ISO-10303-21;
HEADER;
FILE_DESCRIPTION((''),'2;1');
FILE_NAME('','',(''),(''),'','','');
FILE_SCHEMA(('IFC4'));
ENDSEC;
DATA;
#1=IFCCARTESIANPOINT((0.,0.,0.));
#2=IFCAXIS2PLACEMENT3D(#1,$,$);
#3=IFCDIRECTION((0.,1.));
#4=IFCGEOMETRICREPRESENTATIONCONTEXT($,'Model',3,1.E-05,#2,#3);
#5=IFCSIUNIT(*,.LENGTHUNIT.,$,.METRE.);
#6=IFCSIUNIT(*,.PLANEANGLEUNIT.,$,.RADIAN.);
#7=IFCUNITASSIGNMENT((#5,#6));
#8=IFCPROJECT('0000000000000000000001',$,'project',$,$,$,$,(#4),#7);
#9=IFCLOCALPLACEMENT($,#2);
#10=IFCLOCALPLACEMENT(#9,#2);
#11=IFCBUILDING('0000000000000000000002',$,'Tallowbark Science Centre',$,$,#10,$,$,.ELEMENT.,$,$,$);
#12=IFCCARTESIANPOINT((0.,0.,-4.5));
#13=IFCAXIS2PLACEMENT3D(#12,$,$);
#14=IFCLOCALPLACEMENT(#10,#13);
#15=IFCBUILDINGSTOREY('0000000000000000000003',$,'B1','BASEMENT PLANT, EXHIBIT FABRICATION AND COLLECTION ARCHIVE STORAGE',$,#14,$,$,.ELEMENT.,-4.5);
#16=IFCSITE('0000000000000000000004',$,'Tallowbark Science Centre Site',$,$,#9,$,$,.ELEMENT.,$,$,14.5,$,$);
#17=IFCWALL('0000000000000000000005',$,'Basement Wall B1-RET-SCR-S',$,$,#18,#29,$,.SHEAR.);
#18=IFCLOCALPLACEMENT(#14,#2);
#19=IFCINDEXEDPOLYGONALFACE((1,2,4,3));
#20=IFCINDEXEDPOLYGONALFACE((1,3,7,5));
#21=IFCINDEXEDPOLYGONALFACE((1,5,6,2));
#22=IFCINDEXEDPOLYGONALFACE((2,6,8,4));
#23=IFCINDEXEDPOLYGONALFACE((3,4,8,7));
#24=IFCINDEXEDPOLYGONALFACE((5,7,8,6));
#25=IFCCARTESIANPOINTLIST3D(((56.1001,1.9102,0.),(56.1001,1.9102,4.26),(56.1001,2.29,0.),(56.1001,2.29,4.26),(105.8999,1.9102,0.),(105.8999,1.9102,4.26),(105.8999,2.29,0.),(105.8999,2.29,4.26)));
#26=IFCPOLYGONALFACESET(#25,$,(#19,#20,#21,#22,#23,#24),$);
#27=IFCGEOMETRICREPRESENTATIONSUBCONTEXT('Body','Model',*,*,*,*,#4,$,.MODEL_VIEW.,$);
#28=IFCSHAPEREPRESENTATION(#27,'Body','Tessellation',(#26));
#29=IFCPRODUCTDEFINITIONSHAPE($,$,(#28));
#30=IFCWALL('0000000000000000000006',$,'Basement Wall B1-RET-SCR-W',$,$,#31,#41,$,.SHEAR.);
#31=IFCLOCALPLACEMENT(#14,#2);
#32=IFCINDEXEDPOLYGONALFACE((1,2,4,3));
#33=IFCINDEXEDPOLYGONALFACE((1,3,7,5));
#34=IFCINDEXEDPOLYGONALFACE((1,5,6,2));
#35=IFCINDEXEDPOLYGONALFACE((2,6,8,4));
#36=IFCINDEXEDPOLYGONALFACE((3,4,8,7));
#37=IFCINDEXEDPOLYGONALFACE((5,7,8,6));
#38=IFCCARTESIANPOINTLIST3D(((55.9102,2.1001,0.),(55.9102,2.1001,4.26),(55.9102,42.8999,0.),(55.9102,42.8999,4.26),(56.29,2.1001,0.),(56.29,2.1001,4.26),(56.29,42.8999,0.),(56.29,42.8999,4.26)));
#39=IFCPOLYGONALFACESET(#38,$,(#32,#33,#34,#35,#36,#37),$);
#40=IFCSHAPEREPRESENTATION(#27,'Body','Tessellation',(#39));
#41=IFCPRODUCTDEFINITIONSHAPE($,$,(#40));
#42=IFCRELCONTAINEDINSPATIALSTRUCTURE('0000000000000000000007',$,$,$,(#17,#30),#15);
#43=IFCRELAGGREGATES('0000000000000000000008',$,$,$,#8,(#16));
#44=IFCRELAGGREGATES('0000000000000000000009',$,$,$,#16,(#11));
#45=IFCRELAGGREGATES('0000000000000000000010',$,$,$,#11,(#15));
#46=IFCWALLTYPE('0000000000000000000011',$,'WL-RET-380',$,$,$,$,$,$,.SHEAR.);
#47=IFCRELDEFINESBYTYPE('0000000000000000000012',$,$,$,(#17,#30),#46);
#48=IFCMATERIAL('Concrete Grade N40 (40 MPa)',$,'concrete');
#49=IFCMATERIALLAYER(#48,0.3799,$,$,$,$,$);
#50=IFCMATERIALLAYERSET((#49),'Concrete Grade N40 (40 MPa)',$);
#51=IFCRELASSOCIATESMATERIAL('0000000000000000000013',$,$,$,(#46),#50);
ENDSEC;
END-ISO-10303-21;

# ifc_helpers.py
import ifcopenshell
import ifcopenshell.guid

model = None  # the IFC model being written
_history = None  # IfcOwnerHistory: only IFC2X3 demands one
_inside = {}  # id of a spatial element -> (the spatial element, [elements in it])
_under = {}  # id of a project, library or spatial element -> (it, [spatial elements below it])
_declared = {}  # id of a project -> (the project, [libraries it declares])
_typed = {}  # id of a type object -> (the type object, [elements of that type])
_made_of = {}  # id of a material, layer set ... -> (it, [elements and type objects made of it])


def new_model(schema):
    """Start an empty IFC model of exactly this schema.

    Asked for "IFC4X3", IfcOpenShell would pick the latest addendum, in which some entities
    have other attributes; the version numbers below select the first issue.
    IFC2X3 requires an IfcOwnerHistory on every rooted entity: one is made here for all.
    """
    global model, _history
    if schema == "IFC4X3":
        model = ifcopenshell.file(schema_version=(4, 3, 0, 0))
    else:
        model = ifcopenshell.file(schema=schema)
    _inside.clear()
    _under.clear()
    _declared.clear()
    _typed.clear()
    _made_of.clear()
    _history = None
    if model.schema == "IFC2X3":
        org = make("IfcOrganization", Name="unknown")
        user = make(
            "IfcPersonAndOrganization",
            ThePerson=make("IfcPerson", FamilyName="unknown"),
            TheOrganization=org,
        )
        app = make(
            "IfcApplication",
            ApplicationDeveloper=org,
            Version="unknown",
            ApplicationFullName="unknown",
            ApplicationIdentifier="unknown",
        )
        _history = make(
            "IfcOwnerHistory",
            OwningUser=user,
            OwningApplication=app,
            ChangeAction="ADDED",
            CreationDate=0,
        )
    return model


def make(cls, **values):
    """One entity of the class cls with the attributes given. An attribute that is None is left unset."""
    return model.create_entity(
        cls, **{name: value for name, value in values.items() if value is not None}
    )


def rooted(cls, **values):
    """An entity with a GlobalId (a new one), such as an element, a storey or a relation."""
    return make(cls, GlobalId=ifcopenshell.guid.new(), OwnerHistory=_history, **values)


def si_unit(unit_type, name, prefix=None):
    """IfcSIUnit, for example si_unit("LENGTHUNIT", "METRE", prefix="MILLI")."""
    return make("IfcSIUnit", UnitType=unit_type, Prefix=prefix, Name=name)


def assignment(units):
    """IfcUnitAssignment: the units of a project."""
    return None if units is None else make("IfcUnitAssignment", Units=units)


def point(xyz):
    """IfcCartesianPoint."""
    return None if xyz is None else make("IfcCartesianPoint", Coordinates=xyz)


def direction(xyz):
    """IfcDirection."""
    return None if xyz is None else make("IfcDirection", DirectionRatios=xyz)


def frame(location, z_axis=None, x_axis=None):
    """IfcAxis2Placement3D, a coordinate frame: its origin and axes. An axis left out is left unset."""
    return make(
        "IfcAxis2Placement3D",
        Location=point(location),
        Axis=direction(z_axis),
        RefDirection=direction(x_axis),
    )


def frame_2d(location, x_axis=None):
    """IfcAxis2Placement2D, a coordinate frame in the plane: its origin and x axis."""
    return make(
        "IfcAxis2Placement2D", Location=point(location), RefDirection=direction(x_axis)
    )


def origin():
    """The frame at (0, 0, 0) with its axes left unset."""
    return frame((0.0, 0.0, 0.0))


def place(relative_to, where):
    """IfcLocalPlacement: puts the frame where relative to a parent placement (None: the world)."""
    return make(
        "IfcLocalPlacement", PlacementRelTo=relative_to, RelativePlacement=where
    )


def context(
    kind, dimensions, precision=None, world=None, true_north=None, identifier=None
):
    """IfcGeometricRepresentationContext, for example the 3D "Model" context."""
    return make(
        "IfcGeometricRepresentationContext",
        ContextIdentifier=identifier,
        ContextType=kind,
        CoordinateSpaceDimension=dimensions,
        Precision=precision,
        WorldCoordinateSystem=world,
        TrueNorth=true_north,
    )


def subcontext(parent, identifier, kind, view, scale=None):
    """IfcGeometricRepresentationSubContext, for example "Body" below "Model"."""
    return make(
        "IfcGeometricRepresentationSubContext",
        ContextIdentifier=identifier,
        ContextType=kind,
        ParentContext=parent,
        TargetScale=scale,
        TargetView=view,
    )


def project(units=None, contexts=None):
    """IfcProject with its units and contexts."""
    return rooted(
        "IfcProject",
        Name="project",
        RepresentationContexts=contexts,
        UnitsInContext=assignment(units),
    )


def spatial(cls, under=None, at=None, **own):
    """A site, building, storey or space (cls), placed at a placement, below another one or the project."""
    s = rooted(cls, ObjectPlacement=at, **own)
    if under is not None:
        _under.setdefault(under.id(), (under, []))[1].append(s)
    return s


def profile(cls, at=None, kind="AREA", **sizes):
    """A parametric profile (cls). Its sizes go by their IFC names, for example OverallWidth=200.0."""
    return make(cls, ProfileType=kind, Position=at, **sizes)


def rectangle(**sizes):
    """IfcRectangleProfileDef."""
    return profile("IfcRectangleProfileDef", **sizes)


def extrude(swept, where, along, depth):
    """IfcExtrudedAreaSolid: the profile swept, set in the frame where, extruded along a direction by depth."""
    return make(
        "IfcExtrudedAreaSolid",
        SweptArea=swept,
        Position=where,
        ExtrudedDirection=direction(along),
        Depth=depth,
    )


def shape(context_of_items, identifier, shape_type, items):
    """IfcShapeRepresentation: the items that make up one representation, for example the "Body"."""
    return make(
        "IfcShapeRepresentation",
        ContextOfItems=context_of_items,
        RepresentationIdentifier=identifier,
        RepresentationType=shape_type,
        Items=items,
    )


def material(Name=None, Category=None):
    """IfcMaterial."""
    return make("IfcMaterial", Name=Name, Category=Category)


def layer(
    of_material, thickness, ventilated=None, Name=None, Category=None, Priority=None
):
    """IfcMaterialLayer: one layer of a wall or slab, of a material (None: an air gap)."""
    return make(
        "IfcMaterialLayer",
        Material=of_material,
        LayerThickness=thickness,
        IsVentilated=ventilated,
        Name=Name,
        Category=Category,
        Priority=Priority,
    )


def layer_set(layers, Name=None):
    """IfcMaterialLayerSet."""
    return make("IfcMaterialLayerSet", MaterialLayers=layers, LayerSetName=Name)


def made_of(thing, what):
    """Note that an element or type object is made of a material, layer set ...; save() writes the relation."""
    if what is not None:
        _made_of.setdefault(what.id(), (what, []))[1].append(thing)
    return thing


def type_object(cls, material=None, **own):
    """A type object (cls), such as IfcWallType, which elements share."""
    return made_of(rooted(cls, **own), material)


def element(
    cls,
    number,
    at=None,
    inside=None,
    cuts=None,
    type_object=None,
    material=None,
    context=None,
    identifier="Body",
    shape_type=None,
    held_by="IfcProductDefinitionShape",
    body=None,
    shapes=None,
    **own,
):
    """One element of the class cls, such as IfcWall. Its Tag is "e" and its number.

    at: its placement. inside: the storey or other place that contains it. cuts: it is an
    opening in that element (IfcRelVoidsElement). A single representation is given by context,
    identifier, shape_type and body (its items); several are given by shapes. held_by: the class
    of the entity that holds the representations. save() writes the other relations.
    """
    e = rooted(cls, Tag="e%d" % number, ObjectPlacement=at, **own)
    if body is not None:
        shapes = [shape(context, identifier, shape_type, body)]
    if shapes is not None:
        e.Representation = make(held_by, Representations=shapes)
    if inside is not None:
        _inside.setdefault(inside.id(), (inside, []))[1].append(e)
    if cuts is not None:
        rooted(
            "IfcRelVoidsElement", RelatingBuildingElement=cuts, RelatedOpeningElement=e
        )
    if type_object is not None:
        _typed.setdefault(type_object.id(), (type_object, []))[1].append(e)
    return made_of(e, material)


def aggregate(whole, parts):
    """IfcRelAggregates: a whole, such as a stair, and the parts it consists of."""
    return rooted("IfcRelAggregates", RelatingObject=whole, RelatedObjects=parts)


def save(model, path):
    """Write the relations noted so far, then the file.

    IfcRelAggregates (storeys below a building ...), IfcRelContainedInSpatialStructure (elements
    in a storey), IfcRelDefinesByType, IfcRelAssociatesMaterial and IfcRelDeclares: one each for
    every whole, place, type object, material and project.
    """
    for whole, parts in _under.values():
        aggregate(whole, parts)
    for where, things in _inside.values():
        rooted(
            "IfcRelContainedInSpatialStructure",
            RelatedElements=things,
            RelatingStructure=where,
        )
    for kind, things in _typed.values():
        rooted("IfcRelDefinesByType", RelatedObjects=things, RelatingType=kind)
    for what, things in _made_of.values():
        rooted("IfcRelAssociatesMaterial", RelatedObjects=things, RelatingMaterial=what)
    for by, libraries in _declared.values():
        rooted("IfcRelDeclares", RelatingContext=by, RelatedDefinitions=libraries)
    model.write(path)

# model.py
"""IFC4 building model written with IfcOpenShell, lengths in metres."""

from ifc_helpers import new_model, si_unit, direction, frame, frame_2d, origin, place, context, subcontext, project, spatial, rectangle, extrude, material, layer, layer_set, type_object, element, save


model = new_model("IFC4")

# Units and contexts
model_context = context("Model", 3, precision=1e-05, world=origin(), true_north=direction((0.0, 1.0)))
body_context = subcontext(model_context, "Body", "Model", "MODEL_VIEW")
ifc_project = project(units=[si_unit("LENGTHUNIT", "METRE"), si_unit("PLANEANGLEUNIT", "RADIAN")], contexts=[model_context])

# Site, building, storey
site_placement = place(None, origin())
site = spatial("IfcSite", under=ifc_project, at=site_placement, Name="Tallowbark Science Centre Site", CompositionType="ELEMENT", RefElevation=14.5)
building_placement = place(site_placement, origin())
building = spatial("IfcBuilding", under=site, at=building_placement, Name="Tallowbark Science Centre", CompositionType="ELEMENT")
storey_placement = place(building_placement, frame((0.0, 0.0, -4.5)))
storey = spatial("IfcBuildingStorey", under=building, at=storey_placement, Name="B1", Description="BASEMENT PLANT, EXHIBIT FABRICATION AND COLLECTION ARCHIVE STORAGE", CompositionType="ELEMENT", Elevation=-4.5)

# Shared definitions
ifc_material_1 = material(Name="Concrete Grade N40 (40 MPa)", Category="concrete")

# Walls
ifc_layer_1 = layer(ifc_material_1, 0.3799)
ifc_layer_set_1 = layer_set([ifc_layer_1], Name="Concrete Grade N40 (40 MPa)")
wall_type = type_object("IfcWallType", Name="WL-RET-380", PredefinedType="SHEAR", material=ifc_layer_set_1)
wall_1_placement = place(storey_placement, frame((56.1001, 2.1001, 0.0), z_axis=(0.0, 0.0, 1.0), x_axis=(1.0, 0.0, 0.0)))
element("IfcWall", 1, at=wall_1_placement, inside=storey, type_object=wall_type, Name="Basement Wall B1-RET-SCR-S", PredefinedType="SHEAR", context=body_context, shape_type="SweptSolid", body=[
    extrude(rectangle(XDim=49.7998, YDim=0.3799, at=frame_2d((24.8999, 0.0))), origin(), (0.0, 0.0, 1.0), 4.26),
])
wall_2_placement = place(storey_placement, frame((56.1001, 2.1001, 0.0), z_axis=(0.0, 0.0, 1.0), x_axis=(0.0, 1.0, 0.0)))
element("IfcWall", 2, at=wall_2_placement, inside=storey, type_object=wall_type, Name="Basement Wall B1-RET-SCR-W", PredefinedType="SHEAR", context=body_context, shape_type="SweptSolid", body=[
    extrude(rectangle(XDim=40.7998, YDim=0.3799, at=frame_2d((20.3999, 0.0))), origin(), (0.0, 0.0, 1.0), 4.26),
])

save(model, "model.ifc")
